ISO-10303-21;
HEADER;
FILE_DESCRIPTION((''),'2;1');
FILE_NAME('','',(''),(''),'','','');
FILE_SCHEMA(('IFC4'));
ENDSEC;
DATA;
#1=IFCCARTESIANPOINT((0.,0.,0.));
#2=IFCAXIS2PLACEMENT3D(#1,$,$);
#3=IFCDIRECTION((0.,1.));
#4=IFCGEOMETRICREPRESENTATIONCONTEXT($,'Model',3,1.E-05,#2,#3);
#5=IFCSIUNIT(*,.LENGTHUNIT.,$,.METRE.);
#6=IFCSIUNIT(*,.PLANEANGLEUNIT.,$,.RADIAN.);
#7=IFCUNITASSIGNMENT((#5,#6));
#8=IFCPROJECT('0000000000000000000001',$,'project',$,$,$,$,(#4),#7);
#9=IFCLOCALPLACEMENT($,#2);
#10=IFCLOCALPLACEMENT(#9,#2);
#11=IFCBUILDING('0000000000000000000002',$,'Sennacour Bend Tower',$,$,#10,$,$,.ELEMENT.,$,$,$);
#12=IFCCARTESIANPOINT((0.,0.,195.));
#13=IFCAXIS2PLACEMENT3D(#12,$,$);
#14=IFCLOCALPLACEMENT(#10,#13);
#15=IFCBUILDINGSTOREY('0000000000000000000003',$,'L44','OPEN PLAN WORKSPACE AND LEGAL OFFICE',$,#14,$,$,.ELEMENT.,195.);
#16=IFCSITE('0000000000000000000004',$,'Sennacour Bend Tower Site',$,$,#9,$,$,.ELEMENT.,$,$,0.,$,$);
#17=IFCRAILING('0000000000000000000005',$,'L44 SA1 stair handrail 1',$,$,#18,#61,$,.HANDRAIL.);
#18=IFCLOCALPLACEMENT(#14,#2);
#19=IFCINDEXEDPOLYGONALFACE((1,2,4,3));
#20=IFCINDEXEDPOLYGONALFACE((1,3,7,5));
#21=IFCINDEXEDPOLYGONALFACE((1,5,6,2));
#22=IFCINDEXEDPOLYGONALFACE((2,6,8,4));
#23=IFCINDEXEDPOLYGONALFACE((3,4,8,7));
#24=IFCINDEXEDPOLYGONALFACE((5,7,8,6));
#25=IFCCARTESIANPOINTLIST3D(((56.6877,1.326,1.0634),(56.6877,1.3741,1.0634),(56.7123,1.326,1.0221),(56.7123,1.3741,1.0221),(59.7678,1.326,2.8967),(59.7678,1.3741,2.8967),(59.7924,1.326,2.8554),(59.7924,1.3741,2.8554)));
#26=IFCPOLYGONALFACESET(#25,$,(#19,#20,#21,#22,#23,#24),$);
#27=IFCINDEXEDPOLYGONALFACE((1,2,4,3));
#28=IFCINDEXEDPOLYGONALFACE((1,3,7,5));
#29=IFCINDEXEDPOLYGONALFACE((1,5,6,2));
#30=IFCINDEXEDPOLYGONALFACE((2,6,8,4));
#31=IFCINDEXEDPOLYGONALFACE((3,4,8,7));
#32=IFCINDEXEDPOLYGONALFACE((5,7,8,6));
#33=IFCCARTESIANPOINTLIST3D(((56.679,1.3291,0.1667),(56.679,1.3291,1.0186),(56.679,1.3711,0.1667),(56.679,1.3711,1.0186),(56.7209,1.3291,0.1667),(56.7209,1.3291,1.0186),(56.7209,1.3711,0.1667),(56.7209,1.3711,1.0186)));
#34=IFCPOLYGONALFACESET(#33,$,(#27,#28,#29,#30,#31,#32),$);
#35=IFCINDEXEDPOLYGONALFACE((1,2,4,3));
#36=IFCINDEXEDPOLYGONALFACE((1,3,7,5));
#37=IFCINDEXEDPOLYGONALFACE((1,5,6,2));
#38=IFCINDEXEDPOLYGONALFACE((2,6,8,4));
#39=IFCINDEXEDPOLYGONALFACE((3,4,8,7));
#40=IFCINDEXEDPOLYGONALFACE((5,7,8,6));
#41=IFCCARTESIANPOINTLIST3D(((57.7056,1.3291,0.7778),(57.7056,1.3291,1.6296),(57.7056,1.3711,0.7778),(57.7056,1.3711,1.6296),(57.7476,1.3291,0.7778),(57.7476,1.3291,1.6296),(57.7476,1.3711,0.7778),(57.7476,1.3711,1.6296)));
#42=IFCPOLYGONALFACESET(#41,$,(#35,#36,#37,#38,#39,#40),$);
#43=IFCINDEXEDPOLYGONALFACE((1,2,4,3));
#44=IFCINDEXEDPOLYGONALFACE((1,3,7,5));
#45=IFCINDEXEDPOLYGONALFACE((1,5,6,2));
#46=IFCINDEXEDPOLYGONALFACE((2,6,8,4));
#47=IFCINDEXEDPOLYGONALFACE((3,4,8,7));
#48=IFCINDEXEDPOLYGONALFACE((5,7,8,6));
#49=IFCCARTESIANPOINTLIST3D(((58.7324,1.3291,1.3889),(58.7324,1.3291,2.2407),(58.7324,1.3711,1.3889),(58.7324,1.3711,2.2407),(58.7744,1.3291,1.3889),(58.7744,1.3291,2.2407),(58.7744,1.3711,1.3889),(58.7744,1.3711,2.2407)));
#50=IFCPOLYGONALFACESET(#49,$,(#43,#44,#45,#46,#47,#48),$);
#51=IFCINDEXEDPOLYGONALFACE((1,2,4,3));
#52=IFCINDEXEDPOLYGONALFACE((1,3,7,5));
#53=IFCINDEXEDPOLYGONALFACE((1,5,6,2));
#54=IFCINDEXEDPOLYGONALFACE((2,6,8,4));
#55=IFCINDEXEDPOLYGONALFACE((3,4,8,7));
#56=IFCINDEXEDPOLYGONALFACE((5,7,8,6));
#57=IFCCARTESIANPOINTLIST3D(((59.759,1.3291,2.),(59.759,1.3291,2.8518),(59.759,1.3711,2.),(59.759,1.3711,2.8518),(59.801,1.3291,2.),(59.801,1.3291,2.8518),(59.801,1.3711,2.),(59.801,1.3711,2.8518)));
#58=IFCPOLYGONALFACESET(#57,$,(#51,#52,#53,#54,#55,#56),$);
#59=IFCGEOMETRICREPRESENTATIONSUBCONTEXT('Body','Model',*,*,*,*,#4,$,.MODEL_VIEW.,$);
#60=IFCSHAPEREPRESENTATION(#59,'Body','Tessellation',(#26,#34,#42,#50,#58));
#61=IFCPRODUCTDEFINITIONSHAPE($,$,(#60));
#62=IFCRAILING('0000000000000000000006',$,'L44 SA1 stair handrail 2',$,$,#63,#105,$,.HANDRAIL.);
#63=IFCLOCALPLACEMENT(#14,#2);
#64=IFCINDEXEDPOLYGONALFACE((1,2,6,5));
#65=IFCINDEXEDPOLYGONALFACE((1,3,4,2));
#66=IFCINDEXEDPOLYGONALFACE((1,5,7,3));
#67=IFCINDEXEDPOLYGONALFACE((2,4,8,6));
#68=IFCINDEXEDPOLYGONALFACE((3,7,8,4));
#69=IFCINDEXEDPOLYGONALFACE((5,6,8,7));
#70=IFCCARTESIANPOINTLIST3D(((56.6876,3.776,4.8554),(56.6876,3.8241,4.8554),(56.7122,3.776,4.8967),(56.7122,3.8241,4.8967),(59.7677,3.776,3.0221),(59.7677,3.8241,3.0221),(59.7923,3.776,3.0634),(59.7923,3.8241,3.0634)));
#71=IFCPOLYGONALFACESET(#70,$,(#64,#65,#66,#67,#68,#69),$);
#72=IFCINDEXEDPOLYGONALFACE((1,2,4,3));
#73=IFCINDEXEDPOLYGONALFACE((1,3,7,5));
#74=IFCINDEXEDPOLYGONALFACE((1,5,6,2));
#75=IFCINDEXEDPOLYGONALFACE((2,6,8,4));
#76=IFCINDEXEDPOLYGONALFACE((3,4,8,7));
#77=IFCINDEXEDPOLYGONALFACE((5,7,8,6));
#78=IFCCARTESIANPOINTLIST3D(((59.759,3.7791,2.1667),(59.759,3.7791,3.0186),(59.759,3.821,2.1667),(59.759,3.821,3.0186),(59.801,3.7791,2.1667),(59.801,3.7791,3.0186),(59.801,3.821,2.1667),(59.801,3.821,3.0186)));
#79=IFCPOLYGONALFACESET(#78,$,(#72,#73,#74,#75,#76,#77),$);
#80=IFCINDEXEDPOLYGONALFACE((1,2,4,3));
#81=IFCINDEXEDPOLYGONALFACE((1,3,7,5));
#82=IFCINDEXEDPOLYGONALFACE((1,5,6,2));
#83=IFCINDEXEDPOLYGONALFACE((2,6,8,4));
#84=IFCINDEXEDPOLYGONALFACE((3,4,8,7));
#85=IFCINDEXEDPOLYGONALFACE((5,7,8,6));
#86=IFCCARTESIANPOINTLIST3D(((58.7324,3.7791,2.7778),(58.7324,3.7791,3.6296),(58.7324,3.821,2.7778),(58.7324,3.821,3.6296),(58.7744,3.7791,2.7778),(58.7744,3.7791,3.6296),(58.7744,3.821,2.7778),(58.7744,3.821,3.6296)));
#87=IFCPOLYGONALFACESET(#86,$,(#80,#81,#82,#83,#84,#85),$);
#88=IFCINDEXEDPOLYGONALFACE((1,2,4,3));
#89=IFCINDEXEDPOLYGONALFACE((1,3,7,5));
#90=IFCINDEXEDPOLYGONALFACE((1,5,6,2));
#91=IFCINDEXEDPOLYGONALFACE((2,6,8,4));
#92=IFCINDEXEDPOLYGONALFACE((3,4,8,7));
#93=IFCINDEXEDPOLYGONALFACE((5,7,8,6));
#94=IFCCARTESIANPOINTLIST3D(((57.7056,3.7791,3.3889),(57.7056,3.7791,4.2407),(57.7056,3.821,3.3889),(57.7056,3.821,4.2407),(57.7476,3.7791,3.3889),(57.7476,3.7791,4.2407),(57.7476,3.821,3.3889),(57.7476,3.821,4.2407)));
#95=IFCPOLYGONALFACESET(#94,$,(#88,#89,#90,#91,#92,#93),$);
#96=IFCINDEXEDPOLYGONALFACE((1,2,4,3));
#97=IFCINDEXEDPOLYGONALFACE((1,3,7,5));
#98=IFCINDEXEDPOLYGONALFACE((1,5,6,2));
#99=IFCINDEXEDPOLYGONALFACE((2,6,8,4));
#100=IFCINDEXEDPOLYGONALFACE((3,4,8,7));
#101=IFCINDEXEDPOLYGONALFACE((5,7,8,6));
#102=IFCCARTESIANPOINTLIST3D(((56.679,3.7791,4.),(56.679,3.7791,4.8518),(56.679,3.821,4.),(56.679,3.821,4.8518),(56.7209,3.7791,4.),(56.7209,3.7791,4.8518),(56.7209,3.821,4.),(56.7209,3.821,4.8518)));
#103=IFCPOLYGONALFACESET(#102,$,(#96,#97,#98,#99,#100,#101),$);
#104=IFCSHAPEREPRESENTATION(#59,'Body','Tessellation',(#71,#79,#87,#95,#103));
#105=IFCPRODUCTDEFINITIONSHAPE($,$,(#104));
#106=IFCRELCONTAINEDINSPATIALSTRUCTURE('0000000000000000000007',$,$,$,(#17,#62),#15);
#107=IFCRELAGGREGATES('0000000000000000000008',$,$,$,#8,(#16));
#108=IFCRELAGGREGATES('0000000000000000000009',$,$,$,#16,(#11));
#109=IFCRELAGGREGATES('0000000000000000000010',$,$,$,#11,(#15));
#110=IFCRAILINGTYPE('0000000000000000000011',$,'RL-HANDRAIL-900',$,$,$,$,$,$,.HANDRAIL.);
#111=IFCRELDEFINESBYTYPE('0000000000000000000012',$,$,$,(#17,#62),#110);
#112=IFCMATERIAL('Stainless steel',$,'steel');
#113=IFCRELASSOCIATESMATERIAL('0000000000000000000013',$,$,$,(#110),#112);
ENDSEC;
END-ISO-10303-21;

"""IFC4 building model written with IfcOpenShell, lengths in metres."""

from ifc_helpers import new_model, si_unit, direction, frame, origin, origin_2d, place, context, subcontext, project, spatial, rectangle, extrude, material, type_object, element, save


model = new_model("IFC4")

# Units and contexts
model_context = context("Model", 3, precision=1e-05, world=origin(), true_north=direction((0.0, 1.0)))
body_context = subcontext(model_context, "Body", "Model", "MODEL_VIEW")
ifc_project = project(units=[si_unit("LENGTHUNIT", "METRE"), si_unit("PLANEANGLEUNIT", "RADIAN")], contexts=[model_context])

# Site, building, storey
site_placement = place(None, origin())
site = spatial("IfcSite", under=ifc_project, at=site_placement, Name="Sennacour Bend Tower Site", CompositionType="ELEMENT", RefElevation=0.0)
building_placement = place(site_placement, origin())
building = spatial("IfcBuilding", under=site, at=building_placement, Name="Sennacour Bend Tower", CompositionType="ELEMENT")
storey_placement = place(building_placement, frame((0.0, 0.0, 195.0)))
storey = spatial("IfcBuildingStorey", under=building, at=storey_placement, Name="L44", Description="OPEN PLAN WORKSPACE AND LEGAL OFFICE", CompositionType="ELEMENT", Elevation=195.0)

# Railings
ifc_material_1 = material(Name="Stainless steel", Category="steel")
railing_type_1 = type_object("IfcRailingType", Name="RL-HANDRAIL-900", PredefinedType="HANDRAIL", material=ifc_material_1)
railing_1_placement = place(storey_placement, frame((56.7, 1.3501, 0.1667)))
element("IfcRailing", 1, at=railing_1_placement, inside=storey, type_object=railing_type_1, Name="L44 SA1 stair handrail 1", PredefinedType="HANDRAIL", context=body_context, shape_type="SweptSolid", body=[
    extrude(rectangle(XDim=0.0481, YDim=0.0481, at=origin_2d()), frame((0.0, 0.0, 0.876), z_axis=(0.859309, 0.0, 0.511458), x_axis=(0.0, 1.0, 0.0)), (0.0, 0.0, 1.0), 3.5845),
    extrude(rectangle(XDim=0.042, YDim=0.042, at=origin_2d()), origin(), (0.0, 0.0, 1.0), 0.8518),
    extrude(rectangle(XDim=0.042, YDim=0.042, at=origin_2d()), frame((1.0266, 0.0, 0.6111)), (0.0, 0.0, 1.0), 0.8518),
    extrude(rectangle(XDim=0.042, YDim=0.042, at=origin_2d()), frame((2.0535, 0.0, 1.2222)), (0.0, 0.0, 1.0), 0.8518),
    extrude(rectangle(XDim=0.042, YDim=0.042, at=origin_2d()), frame((3.0801, 0.0, 1.8333)), (0.0, 0.0, 1.0), 0.8518),
])
railing_2_placement = place(storey_placement, frame((59.78, 3.8, 2.1667)))
element("IfcRailing", 2, at=railing_2_placement, inside=storey, type_object=railing_type_1, Name="L44 SA1 stair handrail 2", PredefinedType="HANDRAIL", context=body_context, shape_type="SweptSolid", body=[
    extrude(rectangle(XDim=0.0481, YDim=0.0481, at=origin_2d()), frame((0.0, 0.0, 0.876), z_axis=(-0.859309, 0.0, 0.511458), x_axis=(0.0, -1.0, 0.0)), (0.0, 0.0, 1.0), 3.5845),
    extrude(rectangle(XDim=0.042, YDim=0.042, at=origin_2d()), origin(), (0.0, 0.0, 1.0), 0.8518),
    extrude(rectangle(XDim=0.042, YDim=0.042, at=origin_2d()), frame((-1.0266, 0.0, 0.6111)), (0.0, 0.0, 1.0), 0.8518),
    extrude(rectangle(XDim=0.042, YDim=0.042, at=origin_2d()), frame((-2.0535, 0.0, 1.2222)), (0.0, 0.0, 1.0), 0.8518),
    extrude(rectangle(XDim=0.042, YDim=0.042, at=origin_2d()), frame((-3.0801, 0.0, 1.8333)), (0.0, 0.0, 1.0), 0.8518),
])

save(model, "model.ifc")
